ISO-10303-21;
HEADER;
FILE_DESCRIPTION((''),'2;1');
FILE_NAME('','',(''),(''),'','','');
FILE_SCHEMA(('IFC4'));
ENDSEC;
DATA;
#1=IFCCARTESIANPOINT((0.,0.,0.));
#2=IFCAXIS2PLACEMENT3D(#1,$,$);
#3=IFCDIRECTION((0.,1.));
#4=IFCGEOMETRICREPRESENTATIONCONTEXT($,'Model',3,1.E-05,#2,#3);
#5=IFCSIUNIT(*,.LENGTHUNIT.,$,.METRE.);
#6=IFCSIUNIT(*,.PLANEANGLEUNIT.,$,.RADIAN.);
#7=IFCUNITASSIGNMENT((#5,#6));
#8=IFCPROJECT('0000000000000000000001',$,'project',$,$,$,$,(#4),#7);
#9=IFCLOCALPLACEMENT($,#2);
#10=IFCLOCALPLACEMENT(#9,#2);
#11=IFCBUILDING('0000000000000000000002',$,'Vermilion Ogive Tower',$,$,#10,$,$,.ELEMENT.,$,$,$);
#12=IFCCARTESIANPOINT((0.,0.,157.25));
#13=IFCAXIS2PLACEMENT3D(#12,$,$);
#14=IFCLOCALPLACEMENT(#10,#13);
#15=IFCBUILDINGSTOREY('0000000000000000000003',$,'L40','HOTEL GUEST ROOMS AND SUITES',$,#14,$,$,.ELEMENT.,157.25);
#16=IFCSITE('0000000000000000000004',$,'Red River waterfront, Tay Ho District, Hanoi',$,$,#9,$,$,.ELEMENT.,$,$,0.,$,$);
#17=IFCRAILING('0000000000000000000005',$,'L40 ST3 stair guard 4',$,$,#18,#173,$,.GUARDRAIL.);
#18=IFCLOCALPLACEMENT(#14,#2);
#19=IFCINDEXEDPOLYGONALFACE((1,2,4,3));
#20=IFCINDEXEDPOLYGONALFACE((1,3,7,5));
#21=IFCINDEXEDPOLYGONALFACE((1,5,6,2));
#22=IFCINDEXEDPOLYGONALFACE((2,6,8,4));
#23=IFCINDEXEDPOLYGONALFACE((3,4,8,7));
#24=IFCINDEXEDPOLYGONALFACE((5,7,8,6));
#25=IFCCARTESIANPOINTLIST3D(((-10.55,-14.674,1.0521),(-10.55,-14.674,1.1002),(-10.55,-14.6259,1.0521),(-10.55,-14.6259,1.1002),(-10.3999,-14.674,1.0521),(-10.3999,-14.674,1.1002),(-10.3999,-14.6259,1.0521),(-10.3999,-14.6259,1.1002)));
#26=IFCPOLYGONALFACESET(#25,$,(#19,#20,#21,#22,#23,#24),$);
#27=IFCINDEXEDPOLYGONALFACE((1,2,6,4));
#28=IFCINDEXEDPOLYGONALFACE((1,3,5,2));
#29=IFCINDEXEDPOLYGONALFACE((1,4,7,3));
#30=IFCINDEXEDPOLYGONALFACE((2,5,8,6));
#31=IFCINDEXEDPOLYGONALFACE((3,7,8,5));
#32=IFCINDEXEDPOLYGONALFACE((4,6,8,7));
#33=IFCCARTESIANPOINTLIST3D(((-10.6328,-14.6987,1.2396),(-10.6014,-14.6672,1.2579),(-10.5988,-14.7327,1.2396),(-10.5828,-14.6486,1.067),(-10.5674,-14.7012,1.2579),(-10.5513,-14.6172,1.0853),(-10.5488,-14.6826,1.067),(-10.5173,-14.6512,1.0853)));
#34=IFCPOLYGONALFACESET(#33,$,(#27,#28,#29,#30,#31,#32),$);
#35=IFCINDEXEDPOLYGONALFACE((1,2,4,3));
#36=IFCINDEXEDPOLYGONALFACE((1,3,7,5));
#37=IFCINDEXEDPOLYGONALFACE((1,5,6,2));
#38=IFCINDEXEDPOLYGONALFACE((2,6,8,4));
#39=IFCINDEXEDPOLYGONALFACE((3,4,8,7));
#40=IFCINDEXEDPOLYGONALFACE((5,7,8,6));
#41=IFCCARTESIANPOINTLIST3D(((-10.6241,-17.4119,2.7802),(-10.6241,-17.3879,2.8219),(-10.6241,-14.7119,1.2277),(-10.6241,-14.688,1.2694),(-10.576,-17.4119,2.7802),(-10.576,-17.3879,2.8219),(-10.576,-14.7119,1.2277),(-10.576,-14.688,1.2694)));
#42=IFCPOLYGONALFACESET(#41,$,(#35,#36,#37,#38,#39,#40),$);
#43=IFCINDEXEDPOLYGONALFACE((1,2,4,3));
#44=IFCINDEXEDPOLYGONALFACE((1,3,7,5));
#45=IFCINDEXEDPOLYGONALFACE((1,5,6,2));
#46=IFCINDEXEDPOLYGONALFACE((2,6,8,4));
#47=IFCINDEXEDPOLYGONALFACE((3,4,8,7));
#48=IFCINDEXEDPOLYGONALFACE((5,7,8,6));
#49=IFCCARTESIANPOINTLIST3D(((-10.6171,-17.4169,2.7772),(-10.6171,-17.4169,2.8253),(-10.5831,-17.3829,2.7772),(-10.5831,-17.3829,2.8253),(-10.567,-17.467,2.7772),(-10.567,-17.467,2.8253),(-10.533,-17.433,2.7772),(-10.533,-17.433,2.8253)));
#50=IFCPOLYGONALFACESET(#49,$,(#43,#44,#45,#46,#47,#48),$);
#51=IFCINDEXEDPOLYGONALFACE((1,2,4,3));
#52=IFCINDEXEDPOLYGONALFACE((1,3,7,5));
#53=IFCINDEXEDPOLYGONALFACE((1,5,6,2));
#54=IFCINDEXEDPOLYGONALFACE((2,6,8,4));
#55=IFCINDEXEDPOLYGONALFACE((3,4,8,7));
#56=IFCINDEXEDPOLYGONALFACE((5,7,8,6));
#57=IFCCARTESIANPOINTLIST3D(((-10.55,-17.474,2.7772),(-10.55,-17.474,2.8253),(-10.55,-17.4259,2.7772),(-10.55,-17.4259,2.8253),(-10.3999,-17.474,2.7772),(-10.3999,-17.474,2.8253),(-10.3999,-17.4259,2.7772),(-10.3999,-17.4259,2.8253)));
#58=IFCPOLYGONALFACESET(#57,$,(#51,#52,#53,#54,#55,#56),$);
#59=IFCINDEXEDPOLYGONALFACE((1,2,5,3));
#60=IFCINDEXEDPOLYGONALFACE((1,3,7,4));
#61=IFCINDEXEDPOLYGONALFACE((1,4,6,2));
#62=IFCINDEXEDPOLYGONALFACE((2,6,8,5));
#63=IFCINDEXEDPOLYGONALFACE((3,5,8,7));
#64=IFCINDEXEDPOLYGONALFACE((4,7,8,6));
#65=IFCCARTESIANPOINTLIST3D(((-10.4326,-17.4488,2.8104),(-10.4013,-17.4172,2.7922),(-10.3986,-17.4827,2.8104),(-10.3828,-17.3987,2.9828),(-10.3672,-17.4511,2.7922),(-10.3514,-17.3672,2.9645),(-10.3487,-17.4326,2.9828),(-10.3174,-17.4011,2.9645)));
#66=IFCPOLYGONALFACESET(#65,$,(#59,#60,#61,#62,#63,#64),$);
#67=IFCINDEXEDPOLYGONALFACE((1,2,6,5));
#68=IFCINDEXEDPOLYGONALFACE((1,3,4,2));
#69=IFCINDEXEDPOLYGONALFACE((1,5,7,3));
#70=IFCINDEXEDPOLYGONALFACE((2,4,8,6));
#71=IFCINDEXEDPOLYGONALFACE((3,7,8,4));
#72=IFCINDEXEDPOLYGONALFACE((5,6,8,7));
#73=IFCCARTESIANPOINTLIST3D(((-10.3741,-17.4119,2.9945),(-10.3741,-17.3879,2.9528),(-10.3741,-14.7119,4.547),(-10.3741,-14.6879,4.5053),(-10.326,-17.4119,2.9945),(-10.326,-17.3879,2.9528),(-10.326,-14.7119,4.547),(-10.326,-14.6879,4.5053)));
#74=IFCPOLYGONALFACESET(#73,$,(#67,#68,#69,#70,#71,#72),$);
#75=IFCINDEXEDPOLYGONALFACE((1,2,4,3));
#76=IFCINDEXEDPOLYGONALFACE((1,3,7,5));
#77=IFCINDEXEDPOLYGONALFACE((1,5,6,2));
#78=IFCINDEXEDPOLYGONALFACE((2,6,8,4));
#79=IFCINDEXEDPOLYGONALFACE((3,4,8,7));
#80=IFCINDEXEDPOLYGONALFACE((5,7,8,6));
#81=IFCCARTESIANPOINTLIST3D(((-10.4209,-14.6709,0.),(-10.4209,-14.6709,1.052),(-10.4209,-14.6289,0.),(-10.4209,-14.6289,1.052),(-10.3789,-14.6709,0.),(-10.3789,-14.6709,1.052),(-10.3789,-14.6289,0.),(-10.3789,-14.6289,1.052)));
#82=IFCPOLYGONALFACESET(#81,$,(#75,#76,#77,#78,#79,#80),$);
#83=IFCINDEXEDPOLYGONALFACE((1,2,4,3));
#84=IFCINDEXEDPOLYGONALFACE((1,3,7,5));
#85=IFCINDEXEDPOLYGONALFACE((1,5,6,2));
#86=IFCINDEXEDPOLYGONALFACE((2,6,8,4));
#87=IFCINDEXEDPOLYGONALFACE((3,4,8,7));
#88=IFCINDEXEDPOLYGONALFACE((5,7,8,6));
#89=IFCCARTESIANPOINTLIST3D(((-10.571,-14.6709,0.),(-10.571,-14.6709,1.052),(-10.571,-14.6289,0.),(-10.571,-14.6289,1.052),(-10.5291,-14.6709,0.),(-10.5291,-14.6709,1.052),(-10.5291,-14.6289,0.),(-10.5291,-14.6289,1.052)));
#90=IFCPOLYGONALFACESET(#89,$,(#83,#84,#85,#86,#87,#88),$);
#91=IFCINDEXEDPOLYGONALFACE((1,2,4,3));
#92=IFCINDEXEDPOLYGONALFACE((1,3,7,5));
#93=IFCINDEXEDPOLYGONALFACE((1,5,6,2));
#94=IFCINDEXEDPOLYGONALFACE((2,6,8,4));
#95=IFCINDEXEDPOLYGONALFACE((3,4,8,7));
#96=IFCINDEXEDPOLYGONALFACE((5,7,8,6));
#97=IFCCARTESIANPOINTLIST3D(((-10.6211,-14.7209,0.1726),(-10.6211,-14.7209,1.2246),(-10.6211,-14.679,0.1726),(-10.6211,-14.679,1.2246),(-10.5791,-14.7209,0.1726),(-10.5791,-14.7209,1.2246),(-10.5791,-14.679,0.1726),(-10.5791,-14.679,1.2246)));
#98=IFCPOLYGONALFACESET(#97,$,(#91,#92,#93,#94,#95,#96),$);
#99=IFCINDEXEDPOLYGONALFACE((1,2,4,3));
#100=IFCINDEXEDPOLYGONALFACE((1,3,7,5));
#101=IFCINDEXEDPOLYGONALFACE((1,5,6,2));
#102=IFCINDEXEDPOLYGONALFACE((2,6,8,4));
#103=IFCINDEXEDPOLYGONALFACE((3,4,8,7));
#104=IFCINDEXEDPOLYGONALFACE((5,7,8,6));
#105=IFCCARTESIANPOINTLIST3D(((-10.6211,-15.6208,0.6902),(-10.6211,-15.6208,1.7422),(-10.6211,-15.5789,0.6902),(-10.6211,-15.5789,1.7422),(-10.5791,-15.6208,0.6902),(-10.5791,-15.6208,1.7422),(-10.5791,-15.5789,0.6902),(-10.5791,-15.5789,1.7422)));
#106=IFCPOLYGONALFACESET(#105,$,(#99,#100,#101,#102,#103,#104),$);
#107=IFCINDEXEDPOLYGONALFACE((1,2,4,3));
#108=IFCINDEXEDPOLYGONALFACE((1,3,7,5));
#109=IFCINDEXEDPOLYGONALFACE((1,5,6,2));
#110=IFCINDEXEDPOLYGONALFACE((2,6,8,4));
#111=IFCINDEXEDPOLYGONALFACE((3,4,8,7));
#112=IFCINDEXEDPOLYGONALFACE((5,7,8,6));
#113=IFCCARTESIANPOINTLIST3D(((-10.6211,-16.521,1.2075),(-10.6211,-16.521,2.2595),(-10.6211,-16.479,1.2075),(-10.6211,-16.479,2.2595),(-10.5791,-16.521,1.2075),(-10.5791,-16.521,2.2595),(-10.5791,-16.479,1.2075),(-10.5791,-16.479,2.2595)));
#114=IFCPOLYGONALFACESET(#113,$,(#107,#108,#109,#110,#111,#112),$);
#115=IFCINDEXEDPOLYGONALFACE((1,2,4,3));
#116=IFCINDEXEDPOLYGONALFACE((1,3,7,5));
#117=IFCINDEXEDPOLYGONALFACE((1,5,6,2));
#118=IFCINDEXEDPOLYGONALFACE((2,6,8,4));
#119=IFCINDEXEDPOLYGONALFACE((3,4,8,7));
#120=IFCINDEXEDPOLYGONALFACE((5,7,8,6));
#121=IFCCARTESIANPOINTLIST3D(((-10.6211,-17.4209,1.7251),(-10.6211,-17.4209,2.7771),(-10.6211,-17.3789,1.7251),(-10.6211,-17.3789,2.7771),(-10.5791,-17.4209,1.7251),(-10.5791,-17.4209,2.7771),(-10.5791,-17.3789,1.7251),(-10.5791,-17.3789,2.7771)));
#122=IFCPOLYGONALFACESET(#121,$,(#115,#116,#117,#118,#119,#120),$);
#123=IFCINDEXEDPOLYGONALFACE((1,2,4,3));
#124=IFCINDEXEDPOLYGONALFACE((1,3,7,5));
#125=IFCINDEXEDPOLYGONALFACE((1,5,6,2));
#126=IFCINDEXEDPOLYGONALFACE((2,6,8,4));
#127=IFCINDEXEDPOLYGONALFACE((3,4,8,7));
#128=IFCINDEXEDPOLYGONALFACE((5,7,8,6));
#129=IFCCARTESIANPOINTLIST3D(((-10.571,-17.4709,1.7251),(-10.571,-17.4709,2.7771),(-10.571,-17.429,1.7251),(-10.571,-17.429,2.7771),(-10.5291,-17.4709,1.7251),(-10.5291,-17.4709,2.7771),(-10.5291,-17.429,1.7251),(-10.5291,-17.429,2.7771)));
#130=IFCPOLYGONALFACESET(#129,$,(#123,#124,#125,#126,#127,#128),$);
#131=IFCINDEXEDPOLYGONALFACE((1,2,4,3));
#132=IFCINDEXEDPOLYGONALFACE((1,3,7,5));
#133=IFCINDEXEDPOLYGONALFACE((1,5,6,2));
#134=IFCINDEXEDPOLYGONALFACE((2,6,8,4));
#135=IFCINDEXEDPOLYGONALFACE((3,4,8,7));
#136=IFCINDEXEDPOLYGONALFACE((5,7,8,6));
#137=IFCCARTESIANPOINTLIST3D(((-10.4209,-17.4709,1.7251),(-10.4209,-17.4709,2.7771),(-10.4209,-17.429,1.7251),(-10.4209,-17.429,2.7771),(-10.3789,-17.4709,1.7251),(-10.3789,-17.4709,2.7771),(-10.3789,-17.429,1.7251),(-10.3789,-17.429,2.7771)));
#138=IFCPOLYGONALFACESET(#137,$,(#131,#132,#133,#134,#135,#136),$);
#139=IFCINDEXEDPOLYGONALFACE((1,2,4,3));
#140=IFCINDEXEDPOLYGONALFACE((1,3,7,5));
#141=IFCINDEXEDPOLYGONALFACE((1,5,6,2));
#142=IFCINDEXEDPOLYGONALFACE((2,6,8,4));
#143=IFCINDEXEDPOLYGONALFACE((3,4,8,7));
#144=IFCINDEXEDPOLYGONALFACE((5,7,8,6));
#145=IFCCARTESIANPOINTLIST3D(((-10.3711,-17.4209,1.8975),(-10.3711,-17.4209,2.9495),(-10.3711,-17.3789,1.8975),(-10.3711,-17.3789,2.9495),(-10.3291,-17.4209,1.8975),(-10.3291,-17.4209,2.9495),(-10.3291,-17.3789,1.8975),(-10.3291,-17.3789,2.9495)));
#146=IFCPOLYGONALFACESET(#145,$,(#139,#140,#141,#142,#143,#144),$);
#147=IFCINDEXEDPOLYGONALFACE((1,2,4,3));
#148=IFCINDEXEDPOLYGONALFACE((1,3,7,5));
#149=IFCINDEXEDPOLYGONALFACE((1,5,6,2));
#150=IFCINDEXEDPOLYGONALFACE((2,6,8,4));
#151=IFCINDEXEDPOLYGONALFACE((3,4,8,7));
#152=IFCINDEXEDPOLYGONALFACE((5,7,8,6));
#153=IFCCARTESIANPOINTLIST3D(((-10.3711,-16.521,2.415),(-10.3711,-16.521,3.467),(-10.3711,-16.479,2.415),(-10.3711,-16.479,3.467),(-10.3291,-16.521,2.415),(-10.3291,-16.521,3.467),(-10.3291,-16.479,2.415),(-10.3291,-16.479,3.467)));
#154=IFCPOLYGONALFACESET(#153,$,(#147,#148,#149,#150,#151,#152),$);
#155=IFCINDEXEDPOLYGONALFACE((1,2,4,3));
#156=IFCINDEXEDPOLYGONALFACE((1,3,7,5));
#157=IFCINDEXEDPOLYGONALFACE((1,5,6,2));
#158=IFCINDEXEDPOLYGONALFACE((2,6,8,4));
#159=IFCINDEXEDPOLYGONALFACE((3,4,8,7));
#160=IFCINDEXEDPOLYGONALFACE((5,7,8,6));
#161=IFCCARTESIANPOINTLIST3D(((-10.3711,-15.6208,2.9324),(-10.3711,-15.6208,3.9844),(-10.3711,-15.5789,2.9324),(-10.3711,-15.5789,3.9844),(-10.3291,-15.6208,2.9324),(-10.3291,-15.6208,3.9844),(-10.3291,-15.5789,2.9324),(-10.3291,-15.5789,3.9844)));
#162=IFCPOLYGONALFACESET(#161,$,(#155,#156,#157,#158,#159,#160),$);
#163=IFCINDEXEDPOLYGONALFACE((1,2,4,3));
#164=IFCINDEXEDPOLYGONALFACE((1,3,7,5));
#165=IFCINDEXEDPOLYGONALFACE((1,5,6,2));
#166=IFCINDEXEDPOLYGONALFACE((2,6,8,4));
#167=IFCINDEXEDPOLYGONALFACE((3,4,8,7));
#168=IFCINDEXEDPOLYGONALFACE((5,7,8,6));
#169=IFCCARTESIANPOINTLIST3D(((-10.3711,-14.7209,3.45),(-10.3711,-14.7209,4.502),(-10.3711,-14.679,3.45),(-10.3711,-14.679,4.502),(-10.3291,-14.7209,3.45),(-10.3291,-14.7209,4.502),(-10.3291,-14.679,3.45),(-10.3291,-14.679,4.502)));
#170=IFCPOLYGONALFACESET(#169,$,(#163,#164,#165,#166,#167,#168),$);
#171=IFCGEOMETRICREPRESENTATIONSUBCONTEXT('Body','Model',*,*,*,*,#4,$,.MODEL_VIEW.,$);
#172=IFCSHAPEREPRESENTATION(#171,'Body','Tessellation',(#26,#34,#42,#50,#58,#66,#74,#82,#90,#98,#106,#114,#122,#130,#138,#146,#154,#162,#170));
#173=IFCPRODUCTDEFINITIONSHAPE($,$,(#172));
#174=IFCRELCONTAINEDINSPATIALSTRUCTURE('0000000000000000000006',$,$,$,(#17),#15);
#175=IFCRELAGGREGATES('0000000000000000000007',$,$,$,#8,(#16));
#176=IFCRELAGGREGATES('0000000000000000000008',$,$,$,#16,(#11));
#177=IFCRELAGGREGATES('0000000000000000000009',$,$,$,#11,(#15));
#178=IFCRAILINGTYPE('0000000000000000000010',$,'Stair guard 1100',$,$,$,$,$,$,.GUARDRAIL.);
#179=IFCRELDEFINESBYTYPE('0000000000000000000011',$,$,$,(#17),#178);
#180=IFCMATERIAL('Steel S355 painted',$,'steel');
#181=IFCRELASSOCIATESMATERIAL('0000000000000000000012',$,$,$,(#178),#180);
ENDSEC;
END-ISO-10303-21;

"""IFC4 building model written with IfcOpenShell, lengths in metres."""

from ifc_helpers import new_model, si_unit, direction, frame, origin, origin_2d, place, context, subcontext, project, spatial, rectangle, extrude, material, type_object, element, save


model = new_model("IFC4")

# Units and contexts
model_context = context("Model", 3, precision=1e-05, world=origin(), true_north=direction((0.0, 1.0)))
body_context = subcontext(model_context, "Body", "Model", "MODEL_VIEW")
ifc_project = project(units=[si_unit("LENGTHUNIT", "METRE"), si_unit("PLANEANGLEUNIT", "RADIAN")], contexts=[model_context])

# Site, building, storey
site_placement = place(None, origin())
site = spatial("IfcSite", under=ifc_project, at=site_placement, Name="Red River waterfront, Tay Ho District, Hanoi", CompositionType="ELEMENT", RefElevation=0.0)
building_placement = place(site_placement, origin())
building = spatial("IfcBuilding", under=site, at=building_placement, Name="Vermilion Ogive Tower", CompositionType="ELEMENT")
storey_placement = place(building_placement, frame((0.0, 0.0, 157.25)))
storey = spatial("IfcBuildingStorey", under=building, at=storey_placement, Name="L40", Description="HOTEL GUEST ROOMS AND SUITES", CompositionType="ELEMENT", Elevation=157.25)

# Railing
ifc_material_1 = material(Name="Steel S355 painted", Category="steel")
railing_type_1 = type_object("IfcRailingType", Name="Stair guard 1100", PredefinedType="GUARDRAIL", material=ifc_material_1)
railing_1_placement = place(storey_placement, frame((-10.3999, -14.6499, 0.0)))
element("IfcRailing", 1, at=railing_1_placement, inside=storey, type_object=railing_type_1, Name="L40 ST3 stair guard 4", PredefinedType="GUARDRAIL", context=body_context, shape_type="SweptSolid", body=[
    extrude(rectangle(XDim=0.0481, YDim=0.0481, at=origin_2d()), frame((0.0, 0.0, 1.0762), z_axis=(-1.0, 0.0, 0.0), x_axis=(0.0, -1.0, 0.0)), (0.0, 0.0, 1.0), 0.1501),
    extrude(rectangle(XDim=0.0481, YDim=0.0481, at=origin_2d()), frame((-0.1501, 0.0, 1.0762), z_axis=(-0.268278, -0.268278, 0.925232), x_axis=(0.707107, -0.707107, 0.0)), (0.0, 0.0, 1.0), 0.1865),
    extrude(rectangle(XDim=0.0481, YDim=0.0481, at=origin_2d()), frame((-0.2002, -0.05, 1.2485), z_axis=(0.0, -0.866904, 0.498476), x_axis=(1.0, 0.0, 0.0)), (0.0, 0.0, 1.0), 3.1145),
    extrude(rectangle(XDim=0.0481, YDim=0.0481, at=origin_2d()), frame((-0.2002, -2.75, 2.8013), z_axis=(0.707107, -0.707107, 0.0), x_axis=(0.707107, 0.707107, 0.0)), (0.0, 0.0, 1.0), 0.0708),
    extrude(rectangle(XDim=0.0481, YDim=0.0481, at=origin_2d()), frame((-0.1501, -2.8, 2.8013), z_axis=(1.0, 0.0, 0.0), x_axis=(0.0, 1.0, 0.0)), (0.0, 0.0, 1.0), 0.1501),
    extrude(rectangle(XDim=0.0481, YDim=0.0481, at=origin_2d()), frame((0.0, -2.8, 2.8013), z_axis=(0.267387, 0.268698, 0.925368), x_axis=(-0.708834, 0.705376, 0.0)), (0.0, 0.0, 1.0), 0.1863),
    extrude(rectangle(XDim=0.0481, YDim=0.0481, at=origin_2d()), frame((0.0498, -2.75, 2.9736), z_axis=(0.0, 0.866904, 0.498476), x_axis=(-1.0, 0.0, 0.0)), (0.0, 0.0, 1.0), 3.1145),
    extrude(rectangle(XDim=0.042, YDim=0.042, at=origin_2d()), origin(), (0.0, 0.0, 1.0), 1.052),
    extrude(rectangle(XDim=0.042, YDim=0.042, at=origin_2d()), frame((-0.1501, 0.0, 0.0)), (0.0, 0.0, 1.0), 1.052),
    extrude(rectangle(XDim=0.042, YDim=0.042, at=origin_2d()), frame((-0.2002, -0.05, 0.1726)), (0.0, 0.0, 1.0), 1.052),
    extrude(rectangle(XDim=0.042, YDim=0.042, at=origin_2d()), frame((-0.2002, -0.95, 0.6902)), (0.0, 0.0, 1.0), 1.052),
    extrude(rectangle(XDim=0.042, YDim=0.042, at=origin_2d()), frame((-0.2002, -1.8501, 1.2075)), (0.0, 0.0, 1.0), 1.052),
    extrude(rectangle(XDim=0.042, YDim=0.042, at=origin_2d()), frame((-0.2002, -2.75, 1.7251)), (0.0, 0.0, 1.0), 1.052),
    extrude(rectangle(XDim=0.042, YDim=0.042, at=origin_2d()), frame((-0.1501, -2.8, 1.7251)), (0.0, 0.0, 1.0), 1.052),
    extrude(rectangle(XDim=0.042, YDim=0.042, at=origin_2d()), frame((0.0, -2.8, 1.7251)), (0.0, 0.0, 1.0), 1.052),
    extrude(rectangle(XDim=0.042, YDim=0.042, at=origin_2d()), frame((0.0498, -2.75, 1.8975)), (0.0, 0.0, 1.0), 1.052),
    extrude(rectangle(XDim=0.042, YDim=0.042, at=origin_2d()), frame((0.0498, -1.8501, 2.415)), (0.0, 0.0, 1.0), 1.052),
    extrude(rectangle(XDim=0.042, YDim=0.042, at=origin_2d()), frame((0.0498, -0.95, 2.9324)), (0.0, 0.0, 1.0), 1.052),
    extrude(rectangle(XDim=0.042, YDim=0.042, at=origin_2d()), frame((0.0498, -0.05, 3.45)), (0.0, 0.0, 1.0), 1.052),
])

save(model, "model.ifc")
